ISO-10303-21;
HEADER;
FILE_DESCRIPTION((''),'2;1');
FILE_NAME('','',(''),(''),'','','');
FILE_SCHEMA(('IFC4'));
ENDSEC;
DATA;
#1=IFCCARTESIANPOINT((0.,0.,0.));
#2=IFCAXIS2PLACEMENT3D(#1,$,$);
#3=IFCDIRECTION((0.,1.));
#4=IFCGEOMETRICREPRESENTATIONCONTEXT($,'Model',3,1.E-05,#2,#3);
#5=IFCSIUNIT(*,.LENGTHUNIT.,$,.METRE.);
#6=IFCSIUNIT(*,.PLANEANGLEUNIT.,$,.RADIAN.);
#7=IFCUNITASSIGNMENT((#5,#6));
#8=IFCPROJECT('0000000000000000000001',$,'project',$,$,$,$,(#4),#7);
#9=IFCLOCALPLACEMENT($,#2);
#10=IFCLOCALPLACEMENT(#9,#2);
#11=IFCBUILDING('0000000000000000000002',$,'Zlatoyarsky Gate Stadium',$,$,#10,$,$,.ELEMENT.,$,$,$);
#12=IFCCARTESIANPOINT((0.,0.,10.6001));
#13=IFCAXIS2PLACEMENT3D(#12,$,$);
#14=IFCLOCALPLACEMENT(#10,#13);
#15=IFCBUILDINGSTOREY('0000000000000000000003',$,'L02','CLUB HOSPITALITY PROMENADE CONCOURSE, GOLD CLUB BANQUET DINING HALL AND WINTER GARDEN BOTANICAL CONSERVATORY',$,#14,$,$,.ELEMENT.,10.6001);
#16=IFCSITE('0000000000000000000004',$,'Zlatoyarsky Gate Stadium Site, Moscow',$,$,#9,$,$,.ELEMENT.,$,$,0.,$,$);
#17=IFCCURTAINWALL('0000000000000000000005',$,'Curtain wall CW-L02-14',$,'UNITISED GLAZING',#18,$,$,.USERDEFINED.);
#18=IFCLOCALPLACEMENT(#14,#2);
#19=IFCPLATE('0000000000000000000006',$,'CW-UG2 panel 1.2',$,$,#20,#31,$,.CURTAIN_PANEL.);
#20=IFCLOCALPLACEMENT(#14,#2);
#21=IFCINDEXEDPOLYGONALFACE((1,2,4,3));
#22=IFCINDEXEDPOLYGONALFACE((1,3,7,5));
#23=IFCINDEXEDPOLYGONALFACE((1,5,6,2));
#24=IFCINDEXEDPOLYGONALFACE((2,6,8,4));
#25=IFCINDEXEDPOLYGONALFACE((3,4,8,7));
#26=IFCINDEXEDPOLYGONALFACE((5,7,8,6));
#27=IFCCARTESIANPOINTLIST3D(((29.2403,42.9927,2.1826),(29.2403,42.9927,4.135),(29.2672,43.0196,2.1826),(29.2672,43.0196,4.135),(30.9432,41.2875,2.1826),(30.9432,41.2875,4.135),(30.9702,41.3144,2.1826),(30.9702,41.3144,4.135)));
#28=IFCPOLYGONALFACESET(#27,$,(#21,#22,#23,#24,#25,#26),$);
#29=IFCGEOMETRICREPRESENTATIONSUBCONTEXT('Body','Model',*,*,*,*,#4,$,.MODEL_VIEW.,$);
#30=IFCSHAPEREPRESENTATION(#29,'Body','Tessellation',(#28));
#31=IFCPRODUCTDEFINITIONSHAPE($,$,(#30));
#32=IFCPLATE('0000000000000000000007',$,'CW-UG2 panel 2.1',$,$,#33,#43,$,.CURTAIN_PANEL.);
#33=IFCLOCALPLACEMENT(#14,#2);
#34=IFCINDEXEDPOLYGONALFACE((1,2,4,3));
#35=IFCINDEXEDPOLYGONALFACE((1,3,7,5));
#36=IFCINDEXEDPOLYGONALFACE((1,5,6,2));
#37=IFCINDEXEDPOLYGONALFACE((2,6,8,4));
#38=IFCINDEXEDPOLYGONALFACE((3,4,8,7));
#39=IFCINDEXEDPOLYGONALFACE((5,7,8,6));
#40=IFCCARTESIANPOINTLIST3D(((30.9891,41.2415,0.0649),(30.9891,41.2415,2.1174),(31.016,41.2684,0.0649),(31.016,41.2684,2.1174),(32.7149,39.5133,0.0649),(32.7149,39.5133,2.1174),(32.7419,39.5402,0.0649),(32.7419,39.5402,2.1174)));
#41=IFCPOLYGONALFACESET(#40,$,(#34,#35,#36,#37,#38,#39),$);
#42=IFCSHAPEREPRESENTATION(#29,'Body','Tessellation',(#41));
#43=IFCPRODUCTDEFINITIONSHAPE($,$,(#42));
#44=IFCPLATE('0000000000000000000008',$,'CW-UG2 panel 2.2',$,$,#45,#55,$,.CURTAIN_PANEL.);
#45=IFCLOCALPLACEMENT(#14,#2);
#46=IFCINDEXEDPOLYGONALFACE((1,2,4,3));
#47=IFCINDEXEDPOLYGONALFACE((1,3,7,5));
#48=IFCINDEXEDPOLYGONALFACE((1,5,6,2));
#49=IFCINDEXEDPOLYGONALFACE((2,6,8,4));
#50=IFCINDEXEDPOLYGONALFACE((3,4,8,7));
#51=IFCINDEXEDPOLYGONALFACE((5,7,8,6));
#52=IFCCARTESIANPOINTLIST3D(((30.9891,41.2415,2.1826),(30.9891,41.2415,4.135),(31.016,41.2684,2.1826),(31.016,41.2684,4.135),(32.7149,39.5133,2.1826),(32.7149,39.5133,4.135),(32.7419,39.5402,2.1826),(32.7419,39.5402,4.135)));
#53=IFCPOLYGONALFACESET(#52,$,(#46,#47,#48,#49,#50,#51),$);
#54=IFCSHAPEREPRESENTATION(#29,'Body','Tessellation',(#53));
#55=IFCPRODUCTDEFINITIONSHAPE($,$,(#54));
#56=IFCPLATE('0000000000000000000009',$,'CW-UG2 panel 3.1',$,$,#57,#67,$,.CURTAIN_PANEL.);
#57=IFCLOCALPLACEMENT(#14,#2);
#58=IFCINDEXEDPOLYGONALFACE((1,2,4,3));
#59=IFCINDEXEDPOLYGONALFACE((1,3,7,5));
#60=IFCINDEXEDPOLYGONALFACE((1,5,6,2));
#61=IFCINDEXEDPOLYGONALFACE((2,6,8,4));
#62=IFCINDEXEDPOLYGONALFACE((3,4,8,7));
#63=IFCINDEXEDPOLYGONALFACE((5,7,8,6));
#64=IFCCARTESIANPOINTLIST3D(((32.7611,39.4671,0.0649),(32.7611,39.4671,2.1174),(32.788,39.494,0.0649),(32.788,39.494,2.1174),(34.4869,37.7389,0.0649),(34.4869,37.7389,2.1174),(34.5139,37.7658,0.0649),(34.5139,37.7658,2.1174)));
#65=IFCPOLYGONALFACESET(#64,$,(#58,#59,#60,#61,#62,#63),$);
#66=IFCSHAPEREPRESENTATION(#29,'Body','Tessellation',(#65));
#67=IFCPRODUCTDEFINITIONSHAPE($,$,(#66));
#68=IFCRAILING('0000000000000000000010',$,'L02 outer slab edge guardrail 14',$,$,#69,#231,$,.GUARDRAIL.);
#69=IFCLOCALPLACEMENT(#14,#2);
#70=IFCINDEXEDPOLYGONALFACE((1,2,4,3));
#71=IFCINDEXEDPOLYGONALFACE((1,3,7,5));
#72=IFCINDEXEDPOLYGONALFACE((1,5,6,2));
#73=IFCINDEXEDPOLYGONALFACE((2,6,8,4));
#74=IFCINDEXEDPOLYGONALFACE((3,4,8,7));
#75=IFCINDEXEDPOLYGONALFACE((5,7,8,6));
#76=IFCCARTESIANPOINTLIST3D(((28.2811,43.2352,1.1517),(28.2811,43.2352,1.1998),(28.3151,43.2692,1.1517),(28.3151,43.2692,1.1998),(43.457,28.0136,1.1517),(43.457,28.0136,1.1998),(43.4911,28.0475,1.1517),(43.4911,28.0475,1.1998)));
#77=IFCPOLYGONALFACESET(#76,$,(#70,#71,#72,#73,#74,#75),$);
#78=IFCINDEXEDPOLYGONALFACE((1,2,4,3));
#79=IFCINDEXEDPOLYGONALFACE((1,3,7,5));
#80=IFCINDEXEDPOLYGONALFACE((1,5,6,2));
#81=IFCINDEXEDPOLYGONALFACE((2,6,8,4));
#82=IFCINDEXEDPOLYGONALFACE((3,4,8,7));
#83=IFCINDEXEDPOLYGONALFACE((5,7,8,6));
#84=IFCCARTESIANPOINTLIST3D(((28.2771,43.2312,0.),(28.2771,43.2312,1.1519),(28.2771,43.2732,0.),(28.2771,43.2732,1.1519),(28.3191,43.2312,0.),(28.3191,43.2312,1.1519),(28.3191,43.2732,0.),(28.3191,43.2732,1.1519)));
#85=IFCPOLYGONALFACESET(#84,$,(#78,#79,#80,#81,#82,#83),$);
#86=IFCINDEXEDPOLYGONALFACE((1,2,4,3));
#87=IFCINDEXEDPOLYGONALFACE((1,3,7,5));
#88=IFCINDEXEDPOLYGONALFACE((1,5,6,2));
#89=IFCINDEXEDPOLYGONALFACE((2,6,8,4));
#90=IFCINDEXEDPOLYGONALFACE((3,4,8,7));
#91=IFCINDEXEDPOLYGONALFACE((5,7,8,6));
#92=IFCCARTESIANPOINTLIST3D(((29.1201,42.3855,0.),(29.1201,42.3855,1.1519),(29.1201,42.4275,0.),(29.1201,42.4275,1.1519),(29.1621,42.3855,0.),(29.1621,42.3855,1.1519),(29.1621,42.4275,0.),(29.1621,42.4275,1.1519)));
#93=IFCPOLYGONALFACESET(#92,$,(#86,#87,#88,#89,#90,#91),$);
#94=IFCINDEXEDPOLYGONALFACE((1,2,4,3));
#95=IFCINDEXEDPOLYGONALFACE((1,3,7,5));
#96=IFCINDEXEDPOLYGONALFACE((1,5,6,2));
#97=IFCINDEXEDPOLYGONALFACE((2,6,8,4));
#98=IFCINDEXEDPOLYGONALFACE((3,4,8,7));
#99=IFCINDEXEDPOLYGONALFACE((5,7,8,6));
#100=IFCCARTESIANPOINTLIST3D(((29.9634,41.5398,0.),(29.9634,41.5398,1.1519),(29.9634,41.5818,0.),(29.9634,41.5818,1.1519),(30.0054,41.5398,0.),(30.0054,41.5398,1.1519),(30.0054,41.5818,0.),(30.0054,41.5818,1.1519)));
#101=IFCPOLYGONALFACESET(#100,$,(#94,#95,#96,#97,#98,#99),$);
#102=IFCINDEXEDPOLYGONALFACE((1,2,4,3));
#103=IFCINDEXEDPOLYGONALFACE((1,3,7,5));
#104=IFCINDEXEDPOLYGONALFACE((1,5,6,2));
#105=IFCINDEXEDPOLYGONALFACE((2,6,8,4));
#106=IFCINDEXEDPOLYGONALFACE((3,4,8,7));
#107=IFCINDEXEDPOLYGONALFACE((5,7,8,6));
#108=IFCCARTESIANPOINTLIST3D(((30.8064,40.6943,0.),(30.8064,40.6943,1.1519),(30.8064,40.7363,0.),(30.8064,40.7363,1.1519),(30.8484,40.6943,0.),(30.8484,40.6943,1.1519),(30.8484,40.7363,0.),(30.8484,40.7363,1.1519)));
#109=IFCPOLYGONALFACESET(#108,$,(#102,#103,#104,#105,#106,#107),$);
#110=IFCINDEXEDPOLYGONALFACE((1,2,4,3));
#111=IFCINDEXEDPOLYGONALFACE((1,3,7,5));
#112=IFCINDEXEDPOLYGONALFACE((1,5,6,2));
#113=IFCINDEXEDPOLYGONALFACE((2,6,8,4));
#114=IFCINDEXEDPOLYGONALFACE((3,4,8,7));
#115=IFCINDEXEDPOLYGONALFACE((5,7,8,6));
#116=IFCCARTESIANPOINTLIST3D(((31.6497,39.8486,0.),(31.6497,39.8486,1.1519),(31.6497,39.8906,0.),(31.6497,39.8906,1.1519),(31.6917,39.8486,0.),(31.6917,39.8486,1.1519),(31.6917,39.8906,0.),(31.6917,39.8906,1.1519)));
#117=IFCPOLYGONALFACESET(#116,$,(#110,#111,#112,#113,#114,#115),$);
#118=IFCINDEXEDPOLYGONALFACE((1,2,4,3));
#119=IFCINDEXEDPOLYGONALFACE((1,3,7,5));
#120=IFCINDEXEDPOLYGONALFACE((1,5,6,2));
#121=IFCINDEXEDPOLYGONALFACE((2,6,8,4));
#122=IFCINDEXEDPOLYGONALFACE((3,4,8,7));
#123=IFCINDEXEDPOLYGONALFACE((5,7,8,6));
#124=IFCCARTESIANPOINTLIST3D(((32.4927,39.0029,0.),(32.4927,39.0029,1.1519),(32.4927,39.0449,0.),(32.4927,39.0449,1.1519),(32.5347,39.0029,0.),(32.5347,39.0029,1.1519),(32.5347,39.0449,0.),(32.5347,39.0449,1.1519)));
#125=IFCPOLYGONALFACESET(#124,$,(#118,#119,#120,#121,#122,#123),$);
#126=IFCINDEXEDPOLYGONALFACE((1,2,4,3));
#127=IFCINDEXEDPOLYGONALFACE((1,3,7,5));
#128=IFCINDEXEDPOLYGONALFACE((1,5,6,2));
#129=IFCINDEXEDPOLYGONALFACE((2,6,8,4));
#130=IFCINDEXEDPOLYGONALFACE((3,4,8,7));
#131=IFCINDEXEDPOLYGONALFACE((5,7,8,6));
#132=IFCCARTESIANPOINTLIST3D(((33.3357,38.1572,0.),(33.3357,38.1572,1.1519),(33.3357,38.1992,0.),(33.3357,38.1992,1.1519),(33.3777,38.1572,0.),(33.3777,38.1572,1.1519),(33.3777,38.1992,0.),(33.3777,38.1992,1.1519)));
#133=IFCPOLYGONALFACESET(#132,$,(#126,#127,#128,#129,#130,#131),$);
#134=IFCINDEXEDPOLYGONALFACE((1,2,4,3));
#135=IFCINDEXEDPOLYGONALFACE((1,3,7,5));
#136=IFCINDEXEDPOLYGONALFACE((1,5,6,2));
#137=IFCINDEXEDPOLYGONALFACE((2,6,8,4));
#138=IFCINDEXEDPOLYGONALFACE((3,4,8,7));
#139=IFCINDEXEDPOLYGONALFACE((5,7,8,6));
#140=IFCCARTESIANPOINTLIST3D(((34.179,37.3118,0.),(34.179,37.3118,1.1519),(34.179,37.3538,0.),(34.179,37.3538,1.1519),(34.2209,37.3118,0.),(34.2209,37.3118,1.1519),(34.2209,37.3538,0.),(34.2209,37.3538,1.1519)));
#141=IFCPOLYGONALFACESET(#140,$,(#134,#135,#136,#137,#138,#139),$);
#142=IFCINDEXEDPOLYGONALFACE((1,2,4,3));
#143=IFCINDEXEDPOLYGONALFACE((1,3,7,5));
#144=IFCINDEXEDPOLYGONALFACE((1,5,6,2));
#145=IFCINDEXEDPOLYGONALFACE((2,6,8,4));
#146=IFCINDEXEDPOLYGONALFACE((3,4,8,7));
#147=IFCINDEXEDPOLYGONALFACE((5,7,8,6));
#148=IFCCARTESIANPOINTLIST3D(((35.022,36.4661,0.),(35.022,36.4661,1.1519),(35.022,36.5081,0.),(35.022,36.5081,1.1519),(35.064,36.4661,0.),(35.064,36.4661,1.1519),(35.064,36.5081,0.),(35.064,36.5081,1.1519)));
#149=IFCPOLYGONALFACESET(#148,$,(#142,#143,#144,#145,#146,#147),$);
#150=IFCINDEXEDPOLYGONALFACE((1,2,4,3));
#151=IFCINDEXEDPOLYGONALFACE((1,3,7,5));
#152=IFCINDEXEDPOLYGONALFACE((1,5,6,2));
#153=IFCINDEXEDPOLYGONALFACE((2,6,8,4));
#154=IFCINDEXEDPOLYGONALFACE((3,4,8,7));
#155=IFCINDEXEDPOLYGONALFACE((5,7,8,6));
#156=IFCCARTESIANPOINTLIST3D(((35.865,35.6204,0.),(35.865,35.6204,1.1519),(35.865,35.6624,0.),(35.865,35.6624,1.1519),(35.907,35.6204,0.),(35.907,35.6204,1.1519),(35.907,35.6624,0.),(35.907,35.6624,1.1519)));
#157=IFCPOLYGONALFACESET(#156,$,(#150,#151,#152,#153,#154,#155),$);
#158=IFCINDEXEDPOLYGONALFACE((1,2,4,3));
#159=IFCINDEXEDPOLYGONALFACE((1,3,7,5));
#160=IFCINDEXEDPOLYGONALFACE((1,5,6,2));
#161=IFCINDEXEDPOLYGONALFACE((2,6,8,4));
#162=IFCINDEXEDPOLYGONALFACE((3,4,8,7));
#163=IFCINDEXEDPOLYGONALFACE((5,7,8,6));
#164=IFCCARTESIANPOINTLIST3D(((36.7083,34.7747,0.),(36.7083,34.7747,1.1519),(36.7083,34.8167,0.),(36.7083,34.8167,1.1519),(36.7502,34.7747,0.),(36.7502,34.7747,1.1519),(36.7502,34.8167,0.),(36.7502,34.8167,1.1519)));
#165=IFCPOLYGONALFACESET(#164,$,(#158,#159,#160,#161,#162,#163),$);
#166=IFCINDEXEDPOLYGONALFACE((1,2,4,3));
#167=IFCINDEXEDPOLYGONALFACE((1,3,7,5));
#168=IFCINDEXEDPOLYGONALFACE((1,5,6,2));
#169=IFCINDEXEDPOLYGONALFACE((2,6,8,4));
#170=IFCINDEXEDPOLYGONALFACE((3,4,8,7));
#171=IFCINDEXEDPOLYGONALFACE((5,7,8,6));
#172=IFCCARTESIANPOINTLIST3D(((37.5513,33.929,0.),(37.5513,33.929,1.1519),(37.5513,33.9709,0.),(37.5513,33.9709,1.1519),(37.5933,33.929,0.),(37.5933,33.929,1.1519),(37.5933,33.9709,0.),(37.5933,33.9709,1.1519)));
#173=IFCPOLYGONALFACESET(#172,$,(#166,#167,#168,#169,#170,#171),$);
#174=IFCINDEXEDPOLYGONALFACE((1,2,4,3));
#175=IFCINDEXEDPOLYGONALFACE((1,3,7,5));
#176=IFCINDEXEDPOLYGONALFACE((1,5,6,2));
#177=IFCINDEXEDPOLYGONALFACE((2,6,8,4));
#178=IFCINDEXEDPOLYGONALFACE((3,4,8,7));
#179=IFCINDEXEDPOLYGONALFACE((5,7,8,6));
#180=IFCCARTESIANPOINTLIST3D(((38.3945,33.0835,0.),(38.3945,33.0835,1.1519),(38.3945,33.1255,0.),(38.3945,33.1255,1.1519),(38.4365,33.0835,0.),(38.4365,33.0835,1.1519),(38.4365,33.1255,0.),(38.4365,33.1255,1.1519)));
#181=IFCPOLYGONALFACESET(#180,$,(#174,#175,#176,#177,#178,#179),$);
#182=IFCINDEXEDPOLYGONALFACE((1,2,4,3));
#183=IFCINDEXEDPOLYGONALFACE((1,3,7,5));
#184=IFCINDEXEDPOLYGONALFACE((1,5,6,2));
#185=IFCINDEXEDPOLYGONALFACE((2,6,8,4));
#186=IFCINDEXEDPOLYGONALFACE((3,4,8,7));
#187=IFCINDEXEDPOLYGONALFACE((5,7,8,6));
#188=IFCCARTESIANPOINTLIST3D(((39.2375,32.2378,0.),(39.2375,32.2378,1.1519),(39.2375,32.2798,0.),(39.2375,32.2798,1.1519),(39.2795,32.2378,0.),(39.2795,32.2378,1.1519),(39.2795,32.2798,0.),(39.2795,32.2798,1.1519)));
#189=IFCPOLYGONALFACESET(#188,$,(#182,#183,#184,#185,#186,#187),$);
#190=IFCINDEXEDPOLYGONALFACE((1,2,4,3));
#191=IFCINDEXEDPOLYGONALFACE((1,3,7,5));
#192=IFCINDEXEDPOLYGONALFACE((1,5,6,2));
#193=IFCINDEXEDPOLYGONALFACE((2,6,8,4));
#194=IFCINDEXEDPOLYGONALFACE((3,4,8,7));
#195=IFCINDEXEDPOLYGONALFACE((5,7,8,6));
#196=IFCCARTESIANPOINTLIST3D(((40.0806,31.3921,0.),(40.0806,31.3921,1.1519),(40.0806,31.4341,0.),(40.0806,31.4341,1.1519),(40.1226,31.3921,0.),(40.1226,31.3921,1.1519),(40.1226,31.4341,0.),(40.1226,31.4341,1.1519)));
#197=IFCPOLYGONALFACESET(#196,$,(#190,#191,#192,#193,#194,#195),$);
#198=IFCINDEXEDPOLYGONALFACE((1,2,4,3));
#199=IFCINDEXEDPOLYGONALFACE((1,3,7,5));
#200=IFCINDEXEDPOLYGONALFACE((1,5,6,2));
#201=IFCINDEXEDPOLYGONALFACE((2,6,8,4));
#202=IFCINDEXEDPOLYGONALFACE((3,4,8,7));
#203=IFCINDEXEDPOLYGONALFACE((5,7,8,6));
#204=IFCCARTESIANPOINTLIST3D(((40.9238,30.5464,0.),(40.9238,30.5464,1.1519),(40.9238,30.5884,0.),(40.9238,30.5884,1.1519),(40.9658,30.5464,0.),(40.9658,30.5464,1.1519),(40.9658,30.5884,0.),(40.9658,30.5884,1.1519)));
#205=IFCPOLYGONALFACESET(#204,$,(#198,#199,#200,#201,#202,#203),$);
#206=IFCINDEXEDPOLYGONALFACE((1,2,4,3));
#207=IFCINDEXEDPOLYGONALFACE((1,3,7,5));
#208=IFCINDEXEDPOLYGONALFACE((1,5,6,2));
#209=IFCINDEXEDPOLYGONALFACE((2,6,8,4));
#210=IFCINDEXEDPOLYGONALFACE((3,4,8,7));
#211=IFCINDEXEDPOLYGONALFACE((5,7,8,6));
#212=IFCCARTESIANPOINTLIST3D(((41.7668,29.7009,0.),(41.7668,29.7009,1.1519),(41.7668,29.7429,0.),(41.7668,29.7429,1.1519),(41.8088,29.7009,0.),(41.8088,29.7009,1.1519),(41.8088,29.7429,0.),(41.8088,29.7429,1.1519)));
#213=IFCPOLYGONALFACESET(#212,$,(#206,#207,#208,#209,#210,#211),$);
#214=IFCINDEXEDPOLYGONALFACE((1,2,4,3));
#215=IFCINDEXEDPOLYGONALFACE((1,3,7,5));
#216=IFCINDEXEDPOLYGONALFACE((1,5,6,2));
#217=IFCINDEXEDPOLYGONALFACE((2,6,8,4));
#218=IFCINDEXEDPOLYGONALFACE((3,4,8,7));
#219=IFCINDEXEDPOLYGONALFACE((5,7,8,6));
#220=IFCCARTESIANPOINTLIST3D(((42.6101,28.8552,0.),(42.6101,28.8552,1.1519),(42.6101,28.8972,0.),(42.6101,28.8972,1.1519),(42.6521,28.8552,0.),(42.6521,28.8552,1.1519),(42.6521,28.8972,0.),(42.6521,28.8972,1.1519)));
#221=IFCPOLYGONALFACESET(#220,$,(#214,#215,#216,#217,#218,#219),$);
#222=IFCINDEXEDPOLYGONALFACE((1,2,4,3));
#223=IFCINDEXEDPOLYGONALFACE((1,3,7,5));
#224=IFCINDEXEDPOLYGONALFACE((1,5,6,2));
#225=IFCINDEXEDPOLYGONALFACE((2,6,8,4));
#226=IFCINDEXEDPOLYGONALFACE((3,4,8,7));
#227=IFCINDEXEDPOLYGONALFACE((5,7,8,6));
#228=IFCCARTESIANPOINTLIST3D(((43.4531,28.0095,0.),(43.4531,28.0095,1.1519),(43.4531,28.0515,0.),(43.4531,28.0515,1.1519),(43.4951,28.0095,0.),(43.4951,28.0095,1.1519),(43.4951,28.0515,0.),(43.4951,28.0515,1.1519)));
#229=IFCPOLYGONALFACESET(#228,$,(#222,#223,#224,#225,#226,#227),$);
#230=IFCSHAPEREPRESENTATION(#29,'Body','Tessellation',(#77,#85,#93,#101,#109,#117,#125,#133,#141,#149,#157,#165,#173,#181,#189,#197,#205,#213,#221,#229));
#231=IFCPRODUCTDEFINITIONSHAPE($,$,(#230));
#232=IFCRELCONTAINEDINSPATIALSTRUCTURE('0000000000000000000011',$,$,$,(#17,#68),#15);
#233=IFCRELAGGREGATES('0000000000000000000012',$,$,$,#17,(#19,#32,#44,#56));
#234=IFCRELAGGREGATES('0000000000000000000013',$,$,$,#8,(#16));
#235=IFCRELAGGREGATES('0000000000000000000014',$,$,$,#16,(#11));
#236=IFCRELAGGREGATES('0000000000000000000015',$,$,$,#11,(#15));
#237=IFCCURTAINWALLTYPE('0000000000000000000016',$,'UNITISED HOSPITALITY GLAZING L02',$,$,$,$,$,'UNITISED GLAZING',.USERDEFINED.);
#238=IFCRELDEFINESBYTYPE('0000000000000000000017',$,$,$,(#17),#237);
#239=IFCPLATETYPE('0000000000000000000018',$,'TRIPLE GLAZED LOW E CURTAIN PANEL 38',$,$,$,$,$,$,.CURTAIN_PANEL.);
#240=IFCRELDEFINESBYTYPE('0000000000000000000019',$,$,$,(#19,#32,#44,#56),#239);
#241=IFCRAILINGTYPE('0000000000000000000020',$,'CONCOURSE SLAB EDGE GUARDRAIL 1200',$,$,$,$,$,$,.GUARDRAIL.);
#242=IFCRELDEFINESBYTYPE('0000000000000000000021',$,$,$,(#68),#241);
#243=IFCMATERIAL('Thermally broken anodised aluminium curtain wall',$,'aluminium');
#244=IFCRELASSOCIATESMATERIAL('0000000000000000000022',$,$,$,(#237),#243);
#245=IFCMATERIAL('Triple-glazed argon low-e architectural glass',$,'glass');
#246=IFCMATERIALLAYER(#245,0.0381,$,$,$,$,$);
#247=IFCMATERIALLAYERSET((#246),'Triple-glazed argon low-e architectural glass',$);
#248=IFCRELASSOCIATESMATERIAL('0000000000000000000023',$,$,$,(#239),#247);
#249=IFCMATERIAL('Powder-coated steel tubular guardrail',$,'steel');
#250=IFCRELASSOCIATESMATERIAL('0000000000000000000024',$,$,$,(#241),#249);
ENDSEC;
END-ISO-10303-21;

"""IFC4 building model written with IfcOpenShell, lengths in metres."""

from ifc_helpers import new_model, si_unit, direction, frame, origin, origin_2d, place, context, subcontext, project, spatial, rectangle, extrude, material, layer, layer_set, type_object, element, aggregate, save


model = new_model("IFC4")

# Units and contexts
model_context = context("Model", 3, precision=1e-05, world=origin(), true_north=direction((0.0, 1.0)))
body_context = subcontext(model_context, "Body", "Model", "MODEL_VIEW")
ifc_project = project(units=[si_unit("LENGTHUNIT", "METRE"), si_unit("PLANEANGLEUNIT", "RADIAN")], contexts=[model_context])

# Site, building, storey
site_placement = place(None, origin())
site = spatial("IfcSite", under=ifc_project, at=site_placement, Name="Zlatoyarsky Gate Stadium Site, Moscow", CompositionType="ELEMENT", RefElevation=0.0)
building_placement = place(site_placement, origin())
building = spatial("IfcBuilding", under=site, at=building_placement, Name="Zlatoyarsky Gate Stadium", CompositionType="ELEMENT")
storey_placement = place(building_placement, frame((0.0, 0.0, 10.6001)))
storey = spatial("IfcBuildingStorey", under=building, at=storey_placement, Name="L02", Description="CLUB HOSPITALITY PROMENADE CONCOURSE, GOLD CLUB BANQUET DINING HALL AND WINTER GARDEN BOTANICAL CONSERVATORY", CompositionType="ELEMENT", Elevation=10.6001)

# Curtain wall
ifc_material_1 = material(Name="Thermally broken anodised aluminium curtain wall", Category="aluminium")
curtain_wall_type = type_object("IfcCurtainWallType", Name="UNITISED HOSPITALITY GLAZING L02", ElementType="UNITISED GLAZING", PredefinedType="USERDEFINED", material=ifc_material_1)
curtain_wall_placement = place(storey_placement, origin())
curtain_wall = element("IfcCurtainWall", 1, at=curtain_wall_placement, inside=storey, type_object=curtain_wall_type, Name="Curtain wall CW-L02-14", ObjectType="UNITISED GLAZING", PredefinedType="USERDEFINED")

# Plates
ifc_material_2 = material(Name="Triple-glazed argon low-e architectural glass", Category="glass")
ifc_layer_1 = layer(ifc_material_2, 0.0381)
ifc_layer_set_1 = layer_set([ifc_layer_1], Name="Triple-glazed argon low-e architectural glass")
plate_type_1 = type_object("IfcPlateType", Name="TRIPLE GLAZED LOW E CURTAIN PANEL 38", PredefinedType="CURTAIN_PANEL", material=ifc_layer_set_1)
plate_1_placement = place(storey_placement, frame((30.1052, 42.1536, 2.1826), z_axis=(0.0, 0.0, 1.0), x_axis=(0.706626, -0.707588, 0.0)))
plate_1 = element("IfcPlate", 2, at=plate_1_placement, type_object=plate_type_1, Name="CW-UG2 panel 1.2", PredefinedType="CURTAIN_PANEL", context=body_context, shape_type="SweptSolid", body=[
    extrude(rectangle(XDim=2.4099, YDim=0.0381, at=origin_2d()), origin(), (0.0, 0.0, 1.0), 1.9524),
])
plate_2_placement = place(storey_placement, frame((31.8655, 40.3909, 0.0649), z_axis=(0.0, 0.0, 1.0), x_axis=(0.706626, -0.707588, 0.0)))
plate_2 = element("IfcPlate", 3, at=plate_2_placement, type_object=plate_type_1, Name="CW-UG2 panel 2.1", PredefinedType="CURTAIN_PANEL", context=body_context, shape_type="SweptSolid", body=[
    extrude(rectangle(XDim=2.4424, YDim=0.0381, at=origin_2d()), origin(), (0.0, 0.0, 1.0), 2.0525),
])
plate_3_placement = place(storey_placement, frame((31.8655, 40.3909, 2.1826), z_axis=(0.0, 0.0, 1.0), x_axis=(0.706626, -0.707588, 0.0)))
plate_3 = element("IfcPlate", 4, at=plate_3_placement, type_object=plate_type_1, Name="CW-UG2 panel 2.2", PredefinedType="CURTAIN_PANEL", context=body_context, shape_type="SweptSolid", body=[
    extrude(rectangle(XDim=2.4424, YDim=0.0381, at=origin_2d()), origin(), (0.0, 0.0, 1.0), 1.9524),
])
plate_4_placement = place(storey_placement, frame((33.6375, 38.6165, 0.0649), z_axis=(0.0, 0.0, 1.0), x_axis=(0.706626, -0.707588, 0.0)))
plate_4 = element("IfcPlate", 5, at=plate_4_placement, type_object=plate_type_1, Name="CW-UG2 panel 3.1", PredefinedType="CURTAIN_PANEL", context=body_context, shape_type="SweptSolid", body=[
    extrude(rectangle(XDim=2.4424, YDim=0.0381, at=origin_2d()), origin(), (0.0, 0.0, 1.0), 2.0525),
])
aggregate(curtain_wall, [plate_1, plate_2, plate_3, plate_4])

# Railing
ifc_material_3 = material(Name="Powder-coated steel tubular guardrail", Category="steel")
railing_type = type_object("IfcRailingType", Name="CONCOURSE SLAB EDGE GUARDRAIL 1200", PredefinedType="GUARDRAIL", material=ifc_material_3)
railing_placement = place(storey_placement, frame((28.2981, 43.2522, 0.0)))
element("IfcRailing", 6, at=railing_placement, inside=storey, type_object=railing_type, Name="L02 outer slab edge guardrail 14", PredefinedType="GUARDRAIL", context=body_context, shape_type="SweptSolid", body=[
    extrude(rectangle(XDim=0.0481, YDim=0.0481, at=origin_2d()), frame((0.0, 0.0, 1.1758), z_axis=(0.706044, -0.708168, 0.0), x_axis=(0.708168, 0.706044, 0.0)), (0.0, 0.0, 1.0), 21.4944),
    extrude(rectangle(XDim=0.042, YDim=0.042, at=origin_2d()), origin(), (0.0, 0.0, 1.0), 1.1519),
    extrude(rectangle(XDim=0.042, YDim=0.042, at=origin_2d()), frame((0.843, -0.8457, 0.0)), (0.0, 0.0, 1.0), 1.1519),
    extrude(rectangle(XDim=0.042, YDim=0.042, at=origin_2d()), frame((1.6863, -1.6914, 0.0)), (0.0, 0.0, 1.0), 1.1519),
    extrude(rectangle(XDim=0.042, YDim=0.042, at=origin_2d()), frame((2.5293, -2.5369, 0.0)), (0.0, 0.0, 1.0), 1.1519),
    extrude(rectangle(XDim=0.042, YDim=0.042, at=origin_2d()), frame((3.3726, -3.3826, 0.0)), (0.0, 0.0, 1.0), 1.1519),
    extrude(rectangle(XDim=0.042, YDim=0.042, at=origin_2d()), frame((4.2156, -4.2283, 0.0)), (0.0, 0.0, 1.0), 1.1519),
    extrude(rectangle(XDim=0.042, YDim=0.042, at=origin_2d()), frame((5.0586, -5.074, 0.0)), (0.0, 0.0, 1.0), 1.1519),
    extrude(rectangle(XDim=0.042, YDim=0.042, at=origin_2d()), frame((5.9019, -5.9194, 0.0)), (0.0, 0.0, 1.0), 1.1519),
    extrude(rectangle(XDim=0.042, YDim=0.042, at=origin_2d()), frame((6.7449, -6.7651, 0.0)), (0.0, 0.0, 1.0), 1.1519),
    extrude(rectangle(XDim=0.042, YDim=0.042, at=origin_2d()), frame((7.5879, -7.6108, 0.0)), (0.0, 0.0, 1.0), 1.1519),
    extrude(rectangle(XDim=0.042, YDim=0.042, at=origin_2d()), frame((8.4312, -8.4565, 0.0)), (0.0, 0.0, 1.0), 1.1519),
    extrude(rectangle(XDim=0.042, YDim=0.042, at=origin_2d()), frame((9.2742, -9.3022, 0.0)), (0.0, 0.0, 1.0), 1.1519),
    extrude(rectangle(XDim=0.042, YDim=0.042, at=origin_2d()), frame((10.1174, -10.1477, 0.0)), (0.0, 0.0, 1.0), 1.1519),
    extrude(rectangle(XDim=0.042, YDim=0.042, at=origin_2d()), frame((10.9604, -10.9934, 0.0)), (0.0, 0.0, 1.0), 1.1519),
    extrude(rectangle(XDim=0.042, YDim=0.042, at=origin_2d()), frame((11.8035, -11.8391, 0.0)), (0.0, 0.0, 1.0), 1.1519),
    extrude(rectangle(XDim=0.042, YDim=0.042, at=origin_2d()), frame((12.6467, -12.6848, 0.0)), (0.0, 0.0, 1.0), 1.1519),
    extrude(rectangle(XDim=0.042, YDim=0.042, at=origin_2d()), frame((13.4897, -13.5303, 0.0)), (0.0, 0.0, 1.0), 1.1519),
    extrude(rectangle(XDim=0.042, YDim=0.042, at=origin_2d()), frame((14.333, -14.376, 0.0)), (0.0, 0.0, 1.0), 1.1519),
    extrude(rectangle(XDim=0.042, YDim=0.042, at=origin_2d()), frame((15.176, -15.2217, 0.0)), (0.0, 0.0, 1.0), 1.1519),
])

save(model, "model.ifc")
